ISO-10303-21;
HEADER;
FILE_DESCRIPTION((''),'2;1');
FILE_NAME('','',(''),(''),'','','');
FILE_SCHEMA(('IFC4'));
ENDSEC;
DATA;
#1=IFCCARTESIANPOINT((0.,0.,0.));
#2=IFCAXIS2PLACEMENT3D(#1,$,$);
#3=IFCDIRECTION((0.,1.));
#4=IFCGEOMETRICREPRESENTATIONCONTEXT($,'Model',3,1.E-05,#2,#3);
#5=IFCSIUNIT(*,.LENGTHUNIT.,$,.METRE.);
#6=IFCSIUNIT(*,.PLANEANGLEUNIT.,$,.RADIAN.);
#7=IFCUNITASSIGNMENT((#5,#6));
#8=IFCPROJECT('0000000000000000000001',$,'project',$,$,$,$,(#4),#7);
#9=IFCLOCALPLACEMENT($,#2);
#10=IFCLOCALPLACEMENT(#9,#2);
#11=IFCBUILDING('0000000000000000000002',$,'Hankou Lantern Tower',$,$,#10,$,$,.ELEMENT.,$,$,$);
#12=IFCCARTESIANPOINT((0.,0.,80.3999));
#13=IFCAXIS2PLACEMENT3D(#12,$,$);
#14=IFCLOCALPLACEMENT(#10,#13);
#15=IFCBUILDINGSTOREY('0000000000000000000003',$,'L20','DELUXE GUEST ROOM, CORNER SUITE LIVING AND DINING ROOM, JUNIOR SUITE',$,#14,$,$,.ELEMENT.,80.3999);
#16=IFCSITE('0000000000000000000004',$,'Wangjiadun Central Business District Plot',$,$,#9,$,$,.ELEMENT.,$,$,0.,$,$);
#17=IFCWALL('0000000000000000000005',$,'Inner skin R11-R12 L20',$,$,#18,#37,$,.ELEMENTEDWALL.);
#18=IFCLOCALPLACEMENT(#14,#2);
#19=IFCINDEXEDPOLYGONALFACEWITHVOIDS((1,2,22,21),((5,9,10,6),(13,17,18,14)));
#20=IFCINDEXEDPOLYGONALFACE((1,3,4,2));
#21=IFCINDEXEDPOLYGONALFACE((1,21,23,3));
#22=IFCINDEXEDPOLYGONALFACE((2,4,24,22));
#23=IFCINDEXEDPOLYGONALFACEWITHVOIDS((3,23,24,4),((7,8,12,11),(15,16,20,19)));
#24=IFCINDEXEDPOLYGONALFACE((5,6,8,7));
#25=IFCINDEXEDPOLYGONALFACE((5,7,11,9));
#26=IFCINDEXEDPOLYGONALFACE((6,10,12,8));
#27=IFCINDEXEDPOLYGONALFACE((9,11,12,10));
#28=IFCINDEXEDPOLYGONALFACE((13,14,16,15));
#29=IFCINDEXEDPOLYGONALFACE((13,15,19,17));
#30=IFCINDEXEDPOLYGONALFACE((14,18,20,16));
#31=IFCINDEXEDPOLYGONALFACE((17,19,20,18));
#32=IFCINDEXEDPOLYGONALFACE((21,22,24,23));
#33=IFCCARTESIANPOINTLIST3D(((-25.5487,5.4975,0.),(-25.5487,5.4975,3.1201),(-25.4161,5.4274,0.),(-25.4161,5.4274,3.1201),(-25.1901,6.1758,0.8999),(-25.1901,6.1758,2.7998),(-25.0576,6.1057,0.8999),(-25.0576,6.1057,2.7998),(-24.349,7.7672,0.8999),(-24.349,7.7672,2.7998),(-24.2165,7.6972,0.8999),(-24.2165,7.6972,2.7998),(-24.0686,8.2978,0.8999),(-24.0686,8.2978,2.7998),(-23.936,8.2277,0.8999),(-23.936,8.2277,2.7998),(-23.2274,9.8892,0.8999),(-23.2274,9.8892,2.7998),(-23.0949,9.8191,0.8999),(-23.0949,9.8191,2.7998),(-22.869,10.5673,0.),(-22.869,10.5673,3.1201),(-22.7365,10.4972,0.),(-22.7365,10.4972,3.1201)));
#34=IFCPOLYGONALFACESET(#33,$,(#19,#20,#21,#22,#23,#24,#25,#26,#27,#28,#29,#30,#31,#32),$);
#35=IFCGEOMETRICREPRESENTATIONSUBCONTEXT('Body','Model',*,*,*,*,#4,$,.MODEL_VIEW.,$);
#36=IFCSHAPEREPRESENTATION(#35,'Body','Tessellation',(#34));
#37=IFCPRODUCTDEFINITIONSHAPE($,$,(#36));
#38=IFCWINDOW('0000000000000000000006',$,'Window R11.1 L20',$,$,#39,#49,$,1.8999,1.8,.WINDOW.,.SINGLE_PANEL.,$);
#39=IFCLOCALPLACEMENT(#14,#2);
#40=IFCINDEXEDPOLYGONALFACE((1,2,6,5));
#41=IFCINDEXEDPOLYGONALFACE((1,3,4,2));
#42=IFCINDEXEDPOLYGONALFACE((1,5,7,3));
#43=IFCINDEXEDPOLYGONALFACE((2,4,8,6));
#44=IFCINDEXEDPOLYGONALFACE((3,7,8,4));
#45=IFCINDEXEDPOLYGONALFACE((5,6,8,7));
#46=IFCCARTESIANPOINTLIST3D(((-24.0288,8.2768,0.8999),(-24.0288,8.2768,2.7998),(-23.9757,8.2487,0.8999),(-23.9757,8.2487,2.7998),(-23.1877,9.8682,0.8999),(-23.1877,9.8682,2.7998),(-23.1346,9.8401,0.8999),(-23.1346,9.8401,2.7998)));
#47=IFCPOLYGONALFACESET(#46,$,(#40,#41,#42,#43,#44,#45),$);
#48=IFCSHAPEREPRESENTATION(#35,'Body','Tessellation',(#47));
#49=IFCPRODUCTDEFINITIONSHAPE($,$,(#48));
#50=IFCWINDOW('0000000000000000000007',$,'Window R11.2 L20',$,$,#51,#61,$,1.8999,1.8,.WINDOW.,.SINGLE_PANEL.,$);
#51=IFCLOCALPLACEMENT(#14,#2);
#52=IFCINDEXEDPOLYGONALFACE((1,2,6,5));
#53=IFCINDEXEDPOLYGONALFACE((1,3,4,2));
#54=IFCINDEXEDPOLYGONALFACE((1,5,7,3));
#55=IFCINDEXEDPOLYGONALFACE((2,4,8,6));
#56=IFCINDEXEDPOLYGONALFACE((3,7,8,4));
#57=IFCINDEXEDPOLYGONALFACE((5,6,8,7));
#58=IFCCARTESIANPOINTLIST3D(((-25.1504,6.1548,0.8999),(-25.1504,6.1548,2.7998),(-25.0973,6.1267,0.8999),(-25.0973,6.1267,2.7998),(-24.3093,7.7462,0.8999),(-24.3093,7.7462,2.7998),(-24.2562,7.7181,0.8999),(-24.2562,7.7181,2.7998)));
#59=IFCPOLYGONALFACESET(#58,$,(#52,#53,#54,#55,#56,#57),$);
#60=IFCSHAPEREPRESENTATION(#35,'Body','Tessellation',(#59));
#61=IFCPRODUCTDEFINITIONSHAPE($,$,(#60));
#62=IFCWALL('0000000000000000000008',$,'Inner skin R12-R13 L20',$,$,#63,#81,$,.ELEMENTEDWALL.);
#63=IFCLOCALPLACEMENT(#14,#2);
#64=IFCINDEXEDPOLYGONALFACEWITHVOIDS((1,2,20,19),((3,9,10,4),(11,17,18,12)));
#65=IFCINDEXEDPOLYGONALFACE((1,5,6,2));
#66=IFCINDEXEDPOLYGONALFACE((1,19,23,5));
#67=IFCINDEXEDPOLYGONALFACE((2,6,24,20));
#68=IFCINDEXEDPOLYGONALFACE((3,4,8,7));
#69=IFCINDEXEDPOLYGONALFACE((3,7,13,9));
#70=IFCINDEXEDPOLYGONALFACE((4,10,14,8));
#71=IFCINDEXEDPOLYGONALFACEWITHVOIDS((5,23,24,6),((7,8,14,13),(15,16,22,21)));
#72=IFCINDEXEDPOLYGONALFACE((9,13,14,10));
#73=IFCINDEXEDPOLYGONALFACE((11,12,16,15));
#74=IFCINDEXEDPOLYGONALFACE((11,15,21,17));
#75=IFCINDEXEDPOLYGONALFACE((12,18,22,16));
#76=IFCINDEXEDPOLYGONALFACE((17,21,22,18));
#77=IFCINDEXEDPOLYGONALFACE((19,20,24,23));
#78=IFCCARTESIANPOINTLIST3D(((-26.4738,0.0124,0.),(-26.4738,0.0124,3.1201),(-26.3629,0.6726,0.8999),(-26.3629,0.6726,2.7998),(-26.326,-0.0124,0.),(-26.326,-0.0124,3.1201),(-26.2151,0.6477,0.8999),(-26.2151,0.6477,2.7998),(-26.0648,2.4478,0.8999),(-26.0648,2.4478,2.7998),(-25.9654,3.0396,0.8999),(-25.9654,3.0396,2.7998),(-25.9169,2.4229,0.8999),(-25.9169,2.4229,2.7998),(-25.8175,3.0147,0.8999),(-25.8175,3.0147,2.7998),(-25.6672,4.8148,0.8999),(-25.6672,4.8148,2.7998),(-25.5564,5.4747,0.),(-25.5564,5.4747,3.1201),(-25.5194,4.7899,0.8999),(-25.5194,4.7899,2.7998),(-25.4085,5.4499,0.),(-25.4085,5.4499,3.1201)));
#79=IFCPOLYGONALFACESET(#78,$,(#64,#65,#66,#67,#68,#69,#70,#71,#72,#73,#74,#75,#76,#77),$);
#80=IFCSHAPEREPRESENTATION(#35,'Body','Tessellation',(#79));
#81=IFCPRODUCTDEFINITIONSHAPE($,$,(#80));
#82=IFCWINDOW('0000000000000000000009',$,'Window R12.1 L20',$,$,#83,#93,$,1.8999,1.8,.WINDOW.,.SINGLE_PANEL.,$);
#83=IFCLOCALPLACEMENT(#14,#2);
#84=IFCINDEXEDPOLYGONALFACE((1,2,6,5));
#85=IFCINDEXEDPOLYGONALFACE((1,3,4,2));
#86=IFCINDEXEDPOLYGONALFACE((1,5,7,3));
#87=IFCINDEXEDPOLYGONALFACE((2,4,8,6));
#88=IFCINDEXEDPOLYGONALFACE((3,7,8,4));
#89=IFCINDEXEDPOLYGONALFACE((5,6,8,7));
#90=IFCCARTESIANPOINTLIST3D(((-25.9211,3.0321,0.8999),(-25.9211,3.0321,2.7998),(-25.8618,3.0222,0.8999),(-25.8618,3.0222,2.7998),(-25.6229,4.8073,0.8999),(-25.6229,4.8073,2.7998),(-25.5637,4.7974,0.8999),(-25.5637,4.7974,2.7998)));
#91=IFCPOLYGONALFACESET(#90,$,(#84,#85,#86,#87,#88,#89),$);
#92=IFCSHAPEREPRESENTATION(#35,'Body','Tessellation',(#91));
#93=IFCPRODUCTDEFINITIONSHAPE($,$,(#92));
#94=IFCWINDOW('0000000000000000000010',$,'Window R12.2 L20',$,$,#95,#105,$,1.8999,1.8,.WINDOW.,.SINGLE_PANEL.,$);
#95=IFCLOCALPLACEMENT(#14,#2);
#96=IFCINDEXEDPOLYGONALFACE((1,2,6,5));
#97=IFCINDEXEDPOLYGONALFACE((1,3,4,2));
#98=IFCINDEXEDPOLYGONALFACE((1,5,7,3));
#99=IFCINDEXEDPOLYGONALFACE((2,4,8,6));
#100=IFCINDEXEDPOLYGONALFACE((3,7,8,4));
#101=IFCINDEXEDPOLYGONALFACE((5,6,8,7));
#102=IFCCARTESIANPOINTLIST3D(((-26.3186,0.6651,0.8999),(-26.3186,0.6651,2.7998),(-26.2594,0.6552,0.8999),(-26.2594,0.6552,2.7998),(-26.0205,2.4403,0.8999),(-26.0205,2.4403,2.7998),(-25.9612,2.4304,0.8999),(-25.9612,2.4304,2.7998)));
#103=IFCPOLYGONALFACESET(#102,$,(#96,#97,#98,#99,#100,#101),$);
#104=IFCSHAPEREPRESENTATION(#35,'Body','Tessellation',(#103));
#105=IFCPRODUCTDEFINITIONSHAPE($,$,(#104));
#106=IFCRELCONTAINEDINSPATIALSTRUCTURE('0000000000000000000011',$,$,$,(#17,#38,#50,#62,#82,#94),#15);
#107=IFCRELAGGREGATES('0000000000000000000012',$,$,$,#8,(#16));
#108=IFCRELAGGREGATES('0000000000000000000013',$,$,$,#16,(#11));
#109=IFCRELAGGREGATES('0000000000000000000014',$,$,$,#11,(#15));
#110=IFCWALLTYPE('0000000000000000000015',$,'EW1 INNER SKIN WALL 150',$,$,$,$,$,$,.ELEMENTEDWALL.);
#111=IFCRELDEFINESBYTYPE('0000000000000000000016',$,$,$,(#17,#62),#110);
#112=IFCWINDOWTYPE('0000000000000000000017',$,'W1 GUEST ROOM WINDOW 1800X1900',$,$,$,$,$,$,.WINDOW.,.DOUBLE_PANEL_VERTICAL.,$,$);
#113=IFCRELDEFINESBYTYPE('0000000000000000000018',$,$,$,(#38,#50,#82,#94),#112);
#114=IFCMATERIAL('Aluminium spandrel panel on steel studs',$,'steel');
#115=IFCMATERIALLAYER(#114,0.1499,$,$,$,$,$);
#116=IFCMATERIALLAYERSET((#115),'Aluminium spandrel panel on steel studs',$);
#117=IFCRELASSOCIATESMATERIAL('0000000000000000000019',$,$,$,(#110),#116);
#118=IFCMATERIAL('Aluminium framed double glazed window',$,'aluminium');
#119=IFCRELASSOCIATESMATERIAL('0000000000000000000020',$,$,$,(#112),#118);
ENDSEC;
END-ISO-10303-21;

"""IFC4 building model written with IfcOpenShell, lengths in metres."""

from ifc_helpers import new_model, si_unit, direction, frame, frame_2d, origin, place, context, subcontext, project, spatial, rectangle, extrude, material, layer, layer_set, type_object, element, fill, save


model = new_model("IFC4")

# Units and contexts
model_context = context("Model", 3, precision=1e-05, world=origin(), true_north=direction((0.0, 1.0)))
body_context = subcontext(model_context, "Body", "Model", "MODEL_VIEW")
ifc_project = project(units=[si_unit("LENGTHUNIT", "METRE"), si_unit("PLANEANGLEUNIT", "RADIAN")], contexts=[model_context])

# Site, building, storey
site_placement = place(None, origin())
site = spatial("IfcSite", under=ifc_project, at=site_placement, Name="Wangjiadun Central Business District Plot", CompositionType="ELEMENT", RefElevation=0.0)
building_placement = place(site_placement, origin())
building = spatial("IfcBuilding", under=site, at=building_placement, Name="Hankou Lantern Tower", CompositionType="ELEMENT")
storey_placement = place(building_placement, frame((0.0, 0.0, 80.3999)))
storey = spatial("IfcBuildingStorey", under=building, at=storey_placement, Name="L20", Description="DELUXE GUEST ROOM, CORNER SUITE LIVING AND DINING ROOM, JUNIOR SUITE", CompositionType="ELEMENT", Elevation=80.3999)

# Walls, openings, windows
ifc_material_1 = material(Name="Aluminium spandrel panel on steel studs", Category="steel")
ifc_layer_1 = layer(ifc_material_1, 0.1499)
ifc_layer_set_1 = layer_set([ifc_layer_1], Name="Aluminium spandrel panel on steel studs")
wall_type = type_object("IfcWallType", Name="EW1 INNER SKIN WALL 150", PredefinedType="ELEMENTEDWALL", material=ifc_layer_set_1)
wall_1_placement = place(storey_placement, frame((-22.8027, 10.5322, 0.0), z_axis=(0.0, 0.0, 1.0), x_axis=(-0.467297, -0.8841, 0.0)))
wall_1 = element("IfcWall", 1, at=wall_1_placement, inside=storey, type_object=wall_type, Name="Inner skin R11-R12 L20", PredefinedType="ELEMENTEDWALL", context=body_context, shape_type="SweptSolid", body=[
    extrude(rectangle(XDim=5.7344, YDim=0.1499, at=frame_2d((2.8672, 0.0))), origin(), (0.0, 0.0, 1.0), 3.1201),
])
opening_1_placement = place(wall_1_placement, frame((0.7671, 0.0, 0.8999)))
opening_1 = element("IfcOpeningElement", 2, at=opening_1_placement, cuts=wall_1, PredefinedType="OPENING", context=body_context, shape_type="SweptSolid", body=[
    extrude(rectangle(XDim=1.8, YDim=1.8999, at=frame_2d((0.8999, 0.95))), frame((0.0, 0.085, 0.0), z_axis=(0.0, -1.0, 0.0), x_axis=(1.0, 0.0, 0.0)), (0.0, 0.0, 1.0), 0.1699),
])
opening_2_placement = place(wall_1_placement, frame((3.1672, 0.0, 0.8999)))
opening_2 = element("IfcOpeningElement", 3, at=opening_2_placement, cuts=wall_1, PredefinedType="OPENING", context=body_context, shape_type="SweptSolid", body=[
    extrude(rectangle(XDim=1.8, YDim=1.8999, at=frame_2d((0.8999, 0.95))), frame((0.0, 0.085, 0.0), z_axis=(0.0, -1.0, 0.0), x_axis=(1.0, 0.0, 0.0)), (0.0, 0.0, 1.0), 0.1699),
])
ifc_material_2 = material(Name="Aluminium framed double glazed window", Category="aluminium")
window_type = type_object("IfcWindowType", Name="W1 GUEST ROOM WINDOW 1800X1900", PartitioningType="DOUBLE_PANEL_VERTICAL", PredefinedType="WINDOW", material=ifc_material_2)
window_1_placement = place(opening_1_placement, origin())
window_1 = element("IfcWindow", 4, at=window_1_placement, inside=storey, type_object=window_type, Name="Window R11.1 L20", OverallHeight=1.8999, OverallWidth=1.8, PartitioningType="SINGLE_PANEL", PredefinedType="WINDOW", context=body_context, shape_type="SweptSolid", body=[
    extrude(rectangle(XDim=1.8, YDim=1.8999, at=frame_2d((0.8999, 0.95))), frame((0.0, 0.03, 0.0), z_axis=(0.0, -1.0, 0.0), x_axis=(1.0, 0.0, 0.0)), (0.0, 0.0, 1.0), 0.0601),
])
fill(opening_1, window_1)
window_2_placement = place(opening_2_placement, origin())
window_2 = element("IfcWindow", 5, at=window_2_placement, inside=storey, type_object=window_type, Name="Window R11.2 L20", OverallHeight=1.8999, OverallWidth=1.8, PartitioningType="SINGLE_PANEL", PredefinedType="WINDOW", context=body_context, shape_type="SweptSolid", body=[
    extrude(rectangle(XDim=1.8, YDim=1.8999, at=frame_2d((0.8999, 0.95))), frame((0.0, 0.03, 0.0), z_axis=(0.0, -1.0, 0.0), x_axis=(1.0, 0.0, 0.0)), (0.0, 0.0, 1.0), 0.0601),
])
fill(opening_2, window_2)
wall_2_placement = place(storey_placement, frame((-25.4824, 5.4624, 0.0), z_axis=(0.0, 0.0, 1.0), x_axis=(-0.165643, -0.986186, 0.0)))
wall_2 = element("IfcWall", 6, at=wall_2_placement, inside=storey, type_object=wall_type, Name="Inner skin R12-R13 L20", PredefinedType="ELEMENTEDWALL", context=body_context, shape_type="SweptSolid", body=[
    extrude(rectangle(XDim=5.5388, YDim=0.1499, at=frame_2d((2.7695, 0.0))), origin(), (0.0, 0.0, 1.0), 3.1201),
])
opening_3_placement = place(wall_2_placement, frame((0.6694, 0.0, 0.8999)))
opening_3 = element("IfcOpeningElement", 7, at=opening_3_placement, cuts=wall_2, PredefinedType="OPENING", context=body_context, shape_type="SweptSolid", body=[
    extrude(rectangle(XDim=1.8, YDim=1.8999, at=frame_2d((0.8999, 0.95))), frame((0.0, 0.085, 0.0), z_axis=(0.0, -1.0, 0.0), x_axis=(1.0, 0.0, 0.0)), (0.0, 0.0, 1.0), 0.1699),
])
opening_4_placement = place(wall_2_placement, frame((3.0696, 0.0, 0.8999)))
opening_4 = element("IfcOpeningElement", 8, at=opening_4_placement, cuts=wall_2, PredefinedType="OPENING", context=body_context, shape_type="SweptSolid", body=[
    extrude(rectangle(XDim=1.8, YDim=1.8999, at=frame_2d((0.8999, 0.95))), frame((0.0, 0.085, 0.0), z_axis=(0.0, -1.0, 0.0), x_axis=(1.0, 0.0, 0.0)), (0.0, 0.0, 1.0), 0.1699),
])
window_3_placement = place(opening_3_placement, origin())
window_3 = element("IfcWindow", 9, at=window_3_placement, inside=storey, type_object=window_type, Name="Window R12.1 L20", OverallHeight=1.8999, OverallWidth=1.8, PartitioningType="SINGLE_PANEL", PredefinedType="WINDOW", context=body_context, shape_type="SweptSolid", body=[
    extrude(rectangle(XDim=1.8, YDim=1.8999, at=frame_2d((0.8999, 0.95))), frame((0.0, 0.03, 0.0), z_axis=(0.0, -1.0, 0.0), x_axis=(1.0, 0.0, 0.0)), (0.0, 0.0, 1.0), 0.0601),
])
fill(opening_3, window_3)
window_4_placement = place(opening_4_placement, origin())
window_4 = element("IfcWindow", 10, at=window_4_placement, inside=storey, type_object=window_type, Name="Window R12.2 L20", OverallHeight=1.8999, OverallWidth=1.8, PartitioningType="SINGLE_PANEL", PredefinedType="WINDOW", context=body_context, shape_type="SweptSolid", body=[
    extrude(rectangle(XDim=1.8, YDim=1.8999, at=frame_2d((0.8999, 0.95))), frame((0.0, 0.03, 0.0), z_axis=(0.0, -1.0, 0.0), x_axis=(1.0, 0.0, 0.0)), (0.0, 0.0, 1.0), 0.0601),
])
fill(opening_4, window_4)

save(model, "model.ifc")
